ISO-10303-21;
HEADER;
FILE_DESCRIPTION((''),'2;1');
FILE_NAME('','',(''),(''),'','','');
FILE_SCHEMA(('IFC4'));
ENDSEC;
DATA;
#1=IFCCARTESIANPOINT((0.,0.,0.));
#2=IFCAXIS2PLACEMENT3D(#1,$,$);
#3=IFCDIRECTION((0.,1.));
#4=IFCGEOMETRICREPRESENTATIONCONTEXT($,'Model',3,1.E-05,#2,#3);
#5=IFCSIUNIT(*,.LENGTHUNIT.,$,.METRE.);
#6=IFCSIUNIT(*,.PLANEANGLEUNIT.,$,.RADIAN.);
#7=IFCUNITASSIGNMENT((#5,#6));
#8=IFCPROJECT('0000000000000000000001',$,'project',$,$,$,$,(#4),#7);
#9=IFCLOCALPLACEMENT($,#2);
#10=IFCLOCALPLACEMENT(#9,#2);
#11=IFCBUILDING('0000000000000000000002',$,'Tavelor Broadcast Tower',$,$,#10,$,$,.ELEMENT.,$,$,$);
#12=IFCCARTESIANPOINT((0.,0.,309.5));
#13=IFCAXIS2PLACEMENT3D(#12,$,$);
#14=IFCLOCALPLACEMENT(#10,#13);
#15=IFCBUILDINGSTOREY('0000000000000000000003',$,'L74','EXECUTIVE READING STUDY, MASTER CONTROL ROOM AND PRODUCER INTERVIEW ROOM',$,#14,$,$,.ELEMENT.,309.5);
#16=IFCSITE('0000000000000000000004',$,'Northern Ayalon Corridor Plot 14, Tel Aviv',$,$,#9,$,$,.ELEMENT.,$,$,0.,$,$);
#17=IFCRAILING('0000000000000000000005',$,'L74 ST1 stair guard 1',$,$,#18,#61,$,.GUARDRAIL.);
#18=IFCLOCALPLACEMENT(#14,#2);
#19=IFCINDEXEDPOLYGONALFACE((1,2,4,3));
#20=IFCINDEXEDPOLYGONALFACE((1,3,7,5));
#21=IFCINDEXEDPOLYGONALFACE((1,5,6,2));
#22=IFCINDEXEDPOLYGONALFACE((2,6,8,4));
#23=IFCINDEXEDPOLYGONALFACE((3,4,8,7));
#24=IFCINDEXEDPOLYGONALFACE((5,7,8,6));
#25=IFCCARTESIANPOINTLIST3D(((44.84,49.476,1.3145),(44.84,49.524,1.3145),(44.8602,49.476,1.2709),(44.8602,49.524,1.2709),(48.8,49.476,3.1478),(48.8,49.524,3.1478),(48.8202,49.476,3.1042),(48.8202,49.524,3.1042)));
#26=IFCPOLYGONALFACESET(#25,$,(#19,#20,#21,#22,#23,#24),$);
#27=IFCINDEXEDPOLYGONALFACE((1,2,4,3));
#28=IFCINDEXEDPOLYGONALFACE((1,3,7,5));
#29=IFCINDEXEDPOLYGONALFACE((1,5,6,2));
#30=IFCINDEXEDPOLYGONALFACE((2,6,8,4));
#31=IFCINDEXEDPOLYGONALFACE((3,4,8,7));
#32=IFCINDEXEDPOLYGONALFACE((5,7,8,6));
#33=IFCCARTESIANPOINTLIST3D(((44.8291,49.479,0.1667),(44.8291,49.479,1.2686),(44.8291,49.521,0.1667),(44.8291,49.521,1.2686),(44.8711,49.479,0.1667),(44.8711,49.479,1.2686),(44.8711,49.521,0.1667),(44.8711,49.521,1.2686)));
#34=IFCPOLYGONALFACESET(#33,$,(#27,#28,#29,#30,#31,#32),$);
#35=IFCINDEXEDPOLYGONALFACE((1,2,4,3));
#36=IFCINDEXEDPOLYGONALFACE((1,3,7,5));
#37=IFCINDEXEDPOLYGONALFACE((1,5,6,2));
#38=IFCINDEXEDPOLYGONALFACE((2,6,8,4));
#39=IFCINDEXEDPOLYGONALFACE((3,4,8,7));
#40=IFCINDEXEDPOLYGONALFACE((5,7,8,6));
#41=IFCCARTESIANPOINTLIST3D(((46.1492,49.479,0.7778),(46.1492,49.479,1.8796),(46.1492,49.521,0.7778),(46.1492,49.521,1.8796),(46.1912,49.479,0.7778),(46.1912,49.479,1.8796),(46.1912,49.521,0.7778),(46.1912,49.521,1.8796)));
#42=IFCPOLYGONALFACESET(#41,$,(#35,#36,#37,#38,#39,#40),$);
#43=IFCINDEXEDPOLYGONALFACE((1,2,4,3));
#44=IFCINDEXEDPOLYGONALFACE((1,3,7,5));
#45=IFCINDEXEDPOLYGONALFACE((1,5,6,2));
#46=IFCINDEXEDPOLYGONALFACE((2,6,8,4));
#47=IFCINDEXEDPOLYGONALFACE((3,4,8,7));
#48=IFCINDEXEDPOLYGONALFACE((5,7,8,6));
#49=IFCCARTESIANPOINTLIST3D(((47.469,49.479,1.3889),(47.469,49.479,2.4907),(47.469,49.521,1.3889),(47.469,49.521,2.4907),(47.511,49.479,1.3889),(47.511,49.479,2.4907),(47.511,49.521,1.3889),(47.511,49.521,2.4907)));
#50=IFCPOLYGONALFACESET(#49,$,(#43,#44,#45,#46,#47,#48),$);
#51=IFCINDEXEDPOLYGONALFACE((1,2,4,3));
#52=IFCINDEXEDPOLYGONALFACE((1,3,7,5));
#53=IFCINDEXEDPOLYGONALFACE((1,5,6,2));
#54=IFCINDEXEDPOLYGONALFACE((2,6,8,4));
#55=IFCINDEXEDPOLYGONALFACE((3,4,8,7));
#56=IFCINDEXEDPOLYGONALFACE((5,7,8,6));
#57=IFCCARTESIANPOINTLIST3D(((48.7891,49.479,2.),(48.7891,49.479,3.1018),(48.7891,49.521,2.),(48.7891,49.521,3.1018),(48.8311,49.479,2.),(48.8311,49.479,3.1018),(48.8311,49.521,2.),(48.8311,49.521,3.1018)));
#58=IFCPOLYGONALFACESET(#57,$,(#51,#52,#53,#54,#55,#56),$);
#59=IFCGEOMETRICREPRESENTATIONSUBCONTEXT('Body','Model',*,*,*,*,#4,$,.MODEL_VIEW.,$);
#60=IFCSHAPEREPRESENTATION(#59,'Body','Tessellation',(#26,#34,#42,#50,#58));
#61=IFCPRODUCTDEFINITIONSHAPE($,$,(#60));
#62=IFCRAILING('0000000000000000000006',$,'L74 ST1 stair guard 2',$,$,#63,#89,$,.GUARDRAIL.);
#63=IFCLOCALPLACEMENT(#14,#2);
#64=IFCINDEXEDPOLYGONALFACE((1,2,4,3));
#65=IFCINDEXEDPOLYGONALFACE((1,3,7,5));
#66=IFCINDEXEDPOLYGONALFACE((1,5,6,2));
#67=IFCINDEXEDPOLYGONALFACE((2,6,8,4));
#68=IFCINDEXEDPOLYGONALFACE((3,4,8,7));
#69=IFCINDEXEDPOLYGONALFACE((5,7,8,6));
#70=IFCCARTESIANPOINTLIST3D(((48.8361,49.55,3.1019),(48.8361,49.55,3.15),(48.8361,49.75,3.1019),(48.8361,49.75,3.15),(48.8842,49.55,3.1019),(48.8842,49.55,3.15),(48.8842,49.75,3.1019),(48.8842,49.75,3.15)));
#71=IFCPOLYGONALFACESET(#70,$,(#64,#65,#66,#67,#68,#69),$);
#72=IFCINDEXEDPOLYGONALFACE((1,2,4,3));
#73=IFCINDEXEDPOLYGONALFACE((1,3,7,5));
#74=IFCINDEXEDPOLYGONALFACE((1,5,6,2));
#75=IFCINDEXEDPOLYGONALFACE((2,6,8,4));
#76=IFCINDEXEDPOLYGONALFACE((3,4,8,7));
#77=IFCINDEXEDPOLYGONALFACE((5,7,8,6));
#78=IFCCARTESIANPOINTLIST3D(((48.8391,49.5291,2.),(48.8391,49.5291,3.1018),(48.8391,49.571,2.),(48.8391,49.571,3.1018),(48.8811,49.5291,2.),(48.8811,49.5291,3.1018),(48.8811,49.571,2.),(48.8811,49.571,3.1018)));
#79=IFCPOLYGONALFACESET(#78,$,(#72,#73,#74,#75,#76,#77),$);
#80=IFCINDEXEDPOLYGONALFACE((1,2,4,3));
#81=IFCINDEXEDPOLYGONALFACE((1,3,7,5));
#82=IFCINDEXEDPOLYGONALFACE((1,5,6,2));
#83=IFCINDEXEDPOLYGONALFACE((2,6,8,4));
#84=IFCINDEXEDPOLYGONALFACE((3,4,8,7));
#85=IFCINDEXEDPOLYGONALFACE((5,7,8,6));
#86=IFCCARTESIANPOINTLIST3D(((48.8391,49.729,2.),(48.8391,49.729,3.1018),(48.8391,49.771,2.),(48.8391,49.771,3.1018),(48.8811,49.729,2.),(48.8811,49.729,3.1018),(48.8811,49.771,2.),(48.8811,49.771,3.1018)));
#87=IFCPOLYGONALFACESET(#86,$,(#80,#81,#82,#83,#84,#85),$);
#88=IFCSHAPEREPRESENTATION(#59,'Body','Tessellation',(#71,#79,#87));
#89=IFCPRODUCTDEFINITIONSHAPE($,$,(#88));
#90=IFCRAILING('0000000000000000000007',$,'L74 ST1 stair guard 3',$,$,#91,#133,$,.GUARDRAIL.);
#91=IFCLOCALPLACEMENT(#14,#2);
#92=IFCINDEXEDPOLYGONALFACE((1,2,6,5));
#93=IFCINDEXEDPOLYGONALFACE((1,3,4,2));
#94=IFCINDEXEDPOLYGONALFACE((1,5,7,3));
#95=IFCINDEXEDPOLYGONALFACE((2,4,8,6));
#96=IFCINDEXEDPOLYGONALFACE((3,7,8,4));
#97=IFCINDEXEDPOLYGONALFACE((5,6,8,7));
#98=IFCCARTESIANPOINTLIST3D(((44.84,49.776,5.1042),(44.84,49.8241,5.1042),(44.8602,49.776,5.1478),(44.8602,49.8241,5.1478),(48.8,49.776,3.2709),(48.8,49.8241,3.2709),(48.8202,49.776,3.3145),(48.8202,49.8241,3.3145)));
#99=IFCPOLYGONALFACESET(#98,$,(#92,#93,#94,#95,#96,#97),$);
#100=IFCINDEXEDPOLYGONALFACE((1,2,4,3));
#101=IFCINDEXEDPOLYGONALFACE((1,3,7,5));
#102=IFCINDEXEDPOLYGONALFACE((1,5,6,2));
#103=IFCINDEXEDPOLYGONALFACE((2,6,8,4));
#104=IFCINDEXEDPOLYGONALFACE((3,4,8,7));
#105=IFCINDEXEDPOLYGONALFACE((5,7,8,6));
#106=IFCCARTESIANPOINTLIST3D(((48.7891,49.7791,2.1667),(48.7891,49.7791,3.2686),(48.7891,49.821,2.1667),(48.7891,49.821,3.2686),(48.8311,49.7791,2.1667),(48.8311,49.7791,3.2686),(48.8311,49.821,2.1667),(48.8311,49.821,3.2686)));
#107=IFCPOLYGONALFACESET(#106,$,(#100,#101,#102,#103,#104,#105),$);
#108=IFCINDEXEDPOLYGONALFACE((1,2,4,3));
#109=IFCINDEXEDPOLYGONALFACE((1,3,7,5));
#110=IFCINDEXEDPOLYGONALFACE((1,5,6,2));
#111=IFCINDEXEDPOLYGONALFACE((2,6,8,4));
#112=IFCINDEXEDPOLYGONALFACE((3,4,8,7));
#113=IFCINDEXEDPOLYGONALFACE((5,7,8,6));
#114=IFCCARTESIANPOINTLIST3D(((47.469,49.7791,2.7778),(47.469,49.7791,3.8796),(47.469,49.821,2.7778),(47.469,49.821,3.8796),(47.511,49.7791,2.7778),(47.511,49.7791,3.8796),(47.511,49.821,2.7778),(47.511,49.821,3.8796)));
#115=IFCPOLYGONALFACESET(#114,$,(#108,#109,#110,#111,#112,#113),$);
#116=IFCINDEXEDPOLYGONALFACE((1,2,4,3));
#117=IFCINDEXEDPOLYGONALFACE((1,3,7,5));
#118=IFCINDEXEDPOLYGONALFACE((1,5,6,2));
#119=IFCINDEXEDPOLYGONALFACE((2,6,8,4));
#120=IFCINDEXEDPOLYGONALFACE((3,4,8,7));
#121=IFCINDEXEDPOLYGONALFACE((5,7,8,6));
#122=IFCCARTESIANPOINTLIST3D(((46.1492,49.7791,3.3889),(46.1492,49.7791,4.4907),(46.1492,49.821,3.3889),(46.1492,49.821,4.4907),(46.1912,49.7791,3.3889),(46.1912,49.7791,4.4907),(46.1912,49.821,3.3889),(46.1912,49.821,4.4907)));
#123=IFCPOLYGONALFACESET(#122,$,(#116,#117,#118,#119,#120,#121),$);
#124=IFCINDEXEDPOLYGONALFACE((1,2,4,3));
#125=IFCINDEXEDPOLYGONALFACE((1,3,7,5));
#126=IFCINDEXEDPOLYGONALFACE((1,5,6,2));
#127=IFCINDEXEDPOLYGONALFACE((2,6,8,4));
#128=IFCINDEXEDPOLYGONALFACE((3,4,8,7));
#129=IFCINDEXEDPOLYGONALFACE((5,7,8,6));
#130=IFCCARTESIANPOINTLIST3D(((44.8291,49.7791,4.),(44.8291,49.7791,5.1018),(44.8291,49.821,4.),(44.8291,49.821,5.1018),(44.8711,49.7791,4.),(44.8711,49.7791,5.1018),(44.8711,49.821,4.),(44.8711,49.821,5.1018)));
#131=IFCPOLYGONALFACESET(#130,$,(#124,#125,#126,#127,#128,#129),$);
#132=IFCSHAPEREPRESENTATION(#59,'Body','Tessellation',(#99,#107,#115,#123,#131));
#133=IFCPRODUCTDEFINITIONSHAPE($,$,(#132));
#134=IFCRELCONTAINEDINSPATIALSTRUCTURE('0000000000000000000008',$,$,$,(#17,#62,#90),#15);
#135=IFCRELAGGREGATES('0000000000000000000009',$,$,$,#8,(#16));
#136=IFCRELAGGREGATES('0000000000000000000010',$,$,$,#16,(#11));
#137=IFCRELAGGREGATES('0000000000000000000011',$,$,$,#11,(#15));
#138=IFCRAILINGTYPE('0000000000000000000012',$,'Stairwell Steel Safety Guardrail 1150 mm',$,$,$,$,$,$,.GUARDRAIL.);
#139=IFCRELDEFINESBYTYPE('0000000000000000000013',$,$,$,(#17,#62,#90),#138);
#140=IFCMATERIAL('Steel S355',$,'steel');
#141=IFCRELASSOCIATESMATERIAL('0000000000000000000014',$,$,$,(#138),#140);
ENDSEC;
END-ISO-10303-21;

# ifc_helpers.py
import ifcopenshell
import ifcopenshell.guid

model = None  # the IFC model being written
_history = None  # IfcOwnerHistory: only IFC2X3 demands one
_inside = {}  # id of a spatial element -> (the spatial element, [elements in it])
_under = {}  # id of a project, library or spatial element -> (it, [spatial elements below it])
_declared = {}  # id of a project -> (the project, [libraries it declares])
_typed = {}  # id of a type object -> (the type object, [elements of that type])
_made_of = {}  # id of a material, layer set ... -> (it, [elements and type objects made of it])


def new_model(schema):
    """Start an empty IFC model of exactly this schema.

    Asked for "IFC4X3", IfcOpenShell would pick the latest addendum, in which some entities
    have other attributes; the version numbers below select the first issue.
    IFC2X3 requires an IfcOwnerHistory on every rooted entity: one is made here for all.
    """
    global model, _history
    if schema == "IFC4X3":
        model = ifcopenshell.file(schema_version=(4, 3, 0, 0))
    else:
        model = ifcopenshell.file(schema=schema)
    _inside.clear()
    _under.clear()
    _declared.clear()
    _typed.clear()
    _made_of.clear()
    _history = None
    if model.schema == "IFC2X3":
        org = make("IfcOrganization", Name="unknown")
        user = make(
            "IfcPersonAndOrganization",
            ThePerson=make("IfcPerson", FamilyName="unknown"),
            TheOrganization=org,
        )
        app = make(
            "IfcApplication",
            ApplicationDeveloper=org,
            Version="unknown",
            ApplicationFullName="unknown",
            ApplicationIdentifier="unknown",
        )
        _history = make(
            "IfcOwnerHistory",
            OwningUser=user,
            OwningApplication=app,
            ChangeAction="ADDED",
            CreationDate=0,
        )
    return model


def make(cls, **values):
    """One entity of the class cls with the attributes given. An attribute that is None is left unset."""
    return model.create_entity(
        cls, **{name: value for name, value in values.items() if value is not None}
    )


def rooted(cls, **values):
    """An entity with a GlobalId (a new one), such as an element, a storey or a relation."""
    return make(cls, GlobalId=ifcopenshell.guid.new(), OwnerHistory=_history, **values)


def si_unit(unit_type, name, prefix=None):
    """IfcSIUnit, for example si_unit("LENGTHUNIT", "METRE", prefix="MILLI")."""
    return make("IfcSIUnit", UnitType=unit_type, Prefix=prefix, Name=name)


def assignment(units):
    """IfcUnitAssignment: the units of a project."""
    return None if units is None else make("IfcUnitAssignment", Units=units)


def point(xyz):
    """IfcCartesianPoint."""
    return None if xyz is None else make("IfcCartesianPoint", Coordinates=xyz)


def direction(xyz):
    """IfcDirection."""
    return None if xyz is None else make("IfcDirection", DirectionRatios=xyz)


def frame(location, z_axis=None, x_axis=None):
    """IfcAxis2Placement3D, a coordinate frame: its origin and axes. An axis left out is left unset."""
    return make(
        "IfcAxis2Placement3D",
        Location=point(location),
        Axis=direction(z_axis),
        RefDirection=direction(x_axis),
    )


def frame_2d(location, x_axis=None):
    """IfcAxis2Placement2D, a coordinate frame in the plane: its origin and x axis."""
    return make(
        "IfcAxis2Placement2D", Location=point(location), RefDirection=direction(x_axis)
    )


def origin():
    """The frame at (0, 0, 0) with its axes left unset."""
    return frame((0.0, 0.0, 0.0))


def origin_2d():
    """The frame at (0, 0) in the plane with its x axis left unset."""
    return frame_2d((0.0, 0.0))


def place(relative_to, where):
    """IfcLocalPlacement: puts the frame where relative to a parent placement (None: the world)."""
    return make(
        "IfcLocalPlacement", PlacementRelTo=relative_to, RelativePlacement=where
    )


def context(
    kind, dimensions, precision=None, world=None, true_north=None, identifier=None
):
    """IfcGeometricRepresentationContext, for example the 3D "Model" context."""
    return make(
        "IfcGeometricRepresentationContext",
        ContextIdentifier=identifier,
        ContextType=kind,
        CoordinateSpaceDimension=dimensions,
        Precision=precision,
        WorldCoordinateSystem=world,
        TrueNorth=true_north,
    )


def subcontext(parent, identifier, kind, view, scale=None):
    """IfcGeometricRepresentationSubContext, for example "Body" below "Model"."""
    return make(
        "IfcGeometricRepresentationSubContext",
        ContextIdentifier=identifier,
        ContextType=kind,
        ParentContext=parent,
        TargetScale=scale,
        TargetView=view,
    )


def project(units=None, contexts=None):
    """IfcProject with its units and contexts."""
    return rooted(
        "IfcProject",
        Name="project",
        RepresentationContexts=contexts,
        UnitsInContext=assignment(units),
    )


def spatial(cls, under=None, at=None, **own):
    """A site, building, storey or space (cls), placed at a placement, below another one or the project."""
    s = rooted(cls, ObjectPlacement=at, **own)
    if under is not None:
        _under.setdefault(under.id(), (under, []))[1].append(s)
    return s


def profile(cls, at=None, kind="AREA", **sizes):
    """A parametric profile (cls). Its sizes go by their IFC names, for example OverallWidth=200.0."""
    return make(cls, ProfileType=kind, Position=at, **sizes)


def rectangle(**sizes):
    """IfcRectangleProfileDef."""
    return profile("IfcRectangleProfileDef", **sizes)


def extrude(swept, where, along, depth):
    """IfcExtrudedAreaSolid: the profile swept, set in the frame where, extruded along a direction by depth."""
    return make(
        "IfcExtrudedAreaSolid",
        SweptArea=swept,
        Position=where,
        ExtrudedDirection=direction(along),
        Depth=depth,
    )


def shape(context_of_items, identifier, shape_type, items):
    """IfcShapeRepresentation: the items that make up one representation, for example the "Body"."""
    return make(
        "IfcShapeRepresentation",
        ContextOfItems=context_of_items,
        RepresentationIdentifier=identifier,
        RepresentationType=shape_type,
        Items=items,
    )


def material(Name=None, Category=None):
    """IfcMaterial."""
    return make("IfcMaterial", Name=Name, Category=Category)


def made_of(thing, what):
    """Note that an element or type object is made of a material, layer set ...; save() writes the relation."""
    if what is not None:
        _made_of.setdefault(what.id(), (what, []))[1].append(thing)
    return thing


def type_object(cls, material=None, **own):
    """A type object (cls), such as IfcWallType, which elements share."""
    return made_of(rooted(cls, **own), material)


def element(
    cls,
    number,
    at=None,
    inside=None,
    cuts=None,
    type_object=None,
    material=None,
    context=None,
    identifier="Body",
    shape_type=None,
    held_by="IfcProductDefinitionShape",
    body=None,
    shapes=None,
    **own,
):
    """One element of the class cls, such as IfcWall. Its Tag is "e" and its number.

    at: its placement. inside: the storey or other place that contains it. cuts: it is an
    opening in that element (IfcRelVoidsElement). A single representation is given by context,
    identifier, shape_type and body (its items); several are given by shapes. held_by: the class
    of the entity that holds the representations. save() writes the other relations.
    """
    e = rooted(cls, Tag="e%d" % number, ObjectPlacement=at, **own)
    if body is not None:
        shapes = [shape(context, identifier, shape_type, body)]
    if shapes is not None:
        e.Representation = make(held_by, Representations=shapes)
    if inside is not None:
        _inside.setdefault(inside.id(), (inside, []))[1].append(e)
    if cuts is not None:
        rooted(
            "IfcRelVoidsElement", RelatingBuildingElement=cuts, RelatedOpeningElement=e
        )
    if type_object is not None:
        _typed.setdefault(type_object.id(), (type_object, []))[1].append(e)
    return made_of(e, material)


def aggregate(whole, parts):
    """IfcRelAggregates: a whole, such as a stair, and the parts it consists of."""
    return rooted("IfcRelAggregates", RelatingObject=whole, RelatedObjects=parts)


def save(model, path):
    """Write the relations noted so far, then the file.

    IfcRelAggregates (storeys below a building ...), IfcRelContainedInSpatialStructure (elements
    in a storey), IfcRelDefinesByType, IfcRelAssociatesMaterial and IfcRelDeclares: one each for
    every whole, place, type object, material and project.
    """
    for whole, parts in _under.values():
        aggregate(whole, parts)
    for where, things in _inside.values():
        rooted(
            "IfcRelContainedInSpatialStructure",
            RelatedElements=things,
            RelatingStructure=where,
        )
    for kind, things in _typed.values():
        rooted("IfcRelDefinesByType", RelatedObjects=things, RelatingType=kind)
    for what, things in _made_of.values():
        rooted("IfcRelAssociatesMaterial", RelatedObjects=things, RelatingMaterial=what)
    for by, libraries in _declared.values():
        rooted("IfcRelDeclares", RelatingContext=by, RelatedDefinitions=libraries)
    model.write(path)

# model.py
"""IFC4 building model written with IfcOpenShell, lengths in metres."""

from ifc_helpers import new_model, si_unit, direction, frame, origin, origin_2d, place, context, subcontext, project, spatial, rectangle, extrude, material, type_object, element, save


model = new_model("IFC4")

# Units and contexts
model_context = context("Model", 3, precision=1e-05, world=origin(), true_north=direction((0.0, 1.0)))
body_context = subcontext(model_context, "Body", "Model", "MODEL_VIEW")
ifc_project = project(units=[si_unit("LENGTHUNIT", "METRE"), si_unit("PLANEANGLEUNIT", "RADIAN")], contexts=[model_context])

# Site, building, storey
site_placement = place(None, origin())
site = spatial("IfcSite", under=ifc_project, at=site_placement, Name="Northern Ayalon Corridor Plot 14, Tel Aviv", CompositionType="ELEMENT", RefElevation=0.0)
building_placement = place(site_placement, origin())
building = spatial("IfcBuilding", under=site, at=building_placement, Name="Tavelor Broadcast Tower", CompositionType="ELEMENT")
storey_placement = place(building_placement, frame((0.0, 0.0, 309.5)))
storey = spatial("IfcBuildingStorey", under=building, at=storey_placement, Name="L74", Description="EXECUTIVE READING STUDY, MASTER CONTROL ROOM AND PRODUCER INTERVIEW ROOM", CompositionType="ELEMENT", Elevation=309.5)

# Shared definitions
ifc_material_1 = material(Name="Steel S355", Category="steel")

# Railings
railing_type_1 = type_object("IfcRailingType", Name="Stairwell Steel Safety Guardrail 1150 mm", PredefinedType="GUARDRAIL", material=ifc_material_1)
railing_1_placement = place(storey_placement, frame((44.8501, 49.5, 0.1667)))
element("IfcRailing", 1, at=railing_1_placement, inside=storey, type_object=railing_type_1, Name="L74 ST1 stair guard 1", PredefinedType="GUARDRAIL", context=body_context, shape_type="SweptSolid", body=[
    extrude(rectangle(XDim=0.0481, YDim=0.0481, at=origin_2d()), frame((0.0, 0.0, 1.126), z_axis=(0.907472, 0.0, 0.420112), x_axis=(0.0, 1.0, 0.0)), (0.0, 0.0, 1.0), 4.3638),
    extrude(rectangle(XDim=0.042, YDim=0.042, at=origin_2d()), origin(), (0.0, 0.0, 1.0), 1.1018),
    extrude(rectangle(XDim=0.042, YDim=0.042, at=origin_2d()), frame((1.3201, 0.0, 0.6111)), (0.0, 0.0, 1.0), 1.1018),
    extrude(rectangle(XDim=0.042, YDim=0.042, at=origin_2d()), frame((2.6399, 0.0, 1.2222)), (0.0, 0.0, 1.0), 1.1018),
    extrude(rectangle(XDim=0.042, YDim=0.042, at=origin_2d()), frame((3.96, 0.0, 1.8333)), (0.0, 0.0, 1.0), 1.1018),
])
railing_2_placement = place(storey_placement, frame((48.8601, 49.55, 2.0)))
element("IfcRailing", 2, at=railing_2_placement, inside=storey, type_object=railing_type_1, Name="L74 ST1 stair guard 2", PredefinedType="GUARDRAIL", context=body_context, shape_type="SweptSolid", body=[
    extrude(rectangle(XDim=0.0481, YDim=0.0481, at=origin_2d()), frame((0.0, 0.0, 1.126), z_axis=(0.0, 1.0, 0.0), x_axis=(-1.0, 0.0, 0.0)), (0.0, 0.0, 1.0), 0.2),
    extrude(rectangle(XDim=0.042, YDim=0.042, at=origin_2d()), origin(), (0.0, 0.0, 1.0), 1.1018),
    extrude(rectangle(XDim=0.042, YDim=0.042, at=origin_2d()), frame((0.0, 0.2, 0.0)), (0.0, 0.0, 1.0), 1.1018),
])
railing_3_placement = place(storey_placement, frame((48.8101, 49.8, 2.1667)))
element("IfcRailing", 3, at=railing_3_placement, inside=storey, type_object=railing_type_1, Name="L74 ST1 stair guard 3", PredefinedType="GUARDRAIL", context=body_context, shape_type="SweptSolid", body=[
    extrude(rectangle(XDim=0.0481, YDim=0.0481, at=origin_2d()), frame((0.0, 0.0, 1.126), z_axis=(-0.907472, 0.0, 0.420112), x_axis=(0.0, -1.0, 0.0)), (0.0, 0.0, 1.0), 4.3638),
    extrude(rectangle(XDim=0.042, YDim=0.042, at=origin_2d()), origin(), (0.0, 0.0, 1.0), 1.1018),
    extrude(rectangle(XDim=0.042, YDim=0.042, at=origin_2d()), frame((-1.3201, 0.0, 0.6111)), (0.0, 0.0, 1.0), 1.1018),
    extrude(rectangle(XDim=0.042, YDim=0.042, at=origin_2d()), frame((-2.6399, 0.0, 1.2222)), (0.0, 0.0, 1.0), 1.1018),
    extrude(rectangle(XDim=0.042, YDim=0.042, at=origin_2d()), frame((-3.96, 0.0, 1.8333)), (0.0, 0.0, 1.0), 1.1018),
])

save(model, "model.ifc")
